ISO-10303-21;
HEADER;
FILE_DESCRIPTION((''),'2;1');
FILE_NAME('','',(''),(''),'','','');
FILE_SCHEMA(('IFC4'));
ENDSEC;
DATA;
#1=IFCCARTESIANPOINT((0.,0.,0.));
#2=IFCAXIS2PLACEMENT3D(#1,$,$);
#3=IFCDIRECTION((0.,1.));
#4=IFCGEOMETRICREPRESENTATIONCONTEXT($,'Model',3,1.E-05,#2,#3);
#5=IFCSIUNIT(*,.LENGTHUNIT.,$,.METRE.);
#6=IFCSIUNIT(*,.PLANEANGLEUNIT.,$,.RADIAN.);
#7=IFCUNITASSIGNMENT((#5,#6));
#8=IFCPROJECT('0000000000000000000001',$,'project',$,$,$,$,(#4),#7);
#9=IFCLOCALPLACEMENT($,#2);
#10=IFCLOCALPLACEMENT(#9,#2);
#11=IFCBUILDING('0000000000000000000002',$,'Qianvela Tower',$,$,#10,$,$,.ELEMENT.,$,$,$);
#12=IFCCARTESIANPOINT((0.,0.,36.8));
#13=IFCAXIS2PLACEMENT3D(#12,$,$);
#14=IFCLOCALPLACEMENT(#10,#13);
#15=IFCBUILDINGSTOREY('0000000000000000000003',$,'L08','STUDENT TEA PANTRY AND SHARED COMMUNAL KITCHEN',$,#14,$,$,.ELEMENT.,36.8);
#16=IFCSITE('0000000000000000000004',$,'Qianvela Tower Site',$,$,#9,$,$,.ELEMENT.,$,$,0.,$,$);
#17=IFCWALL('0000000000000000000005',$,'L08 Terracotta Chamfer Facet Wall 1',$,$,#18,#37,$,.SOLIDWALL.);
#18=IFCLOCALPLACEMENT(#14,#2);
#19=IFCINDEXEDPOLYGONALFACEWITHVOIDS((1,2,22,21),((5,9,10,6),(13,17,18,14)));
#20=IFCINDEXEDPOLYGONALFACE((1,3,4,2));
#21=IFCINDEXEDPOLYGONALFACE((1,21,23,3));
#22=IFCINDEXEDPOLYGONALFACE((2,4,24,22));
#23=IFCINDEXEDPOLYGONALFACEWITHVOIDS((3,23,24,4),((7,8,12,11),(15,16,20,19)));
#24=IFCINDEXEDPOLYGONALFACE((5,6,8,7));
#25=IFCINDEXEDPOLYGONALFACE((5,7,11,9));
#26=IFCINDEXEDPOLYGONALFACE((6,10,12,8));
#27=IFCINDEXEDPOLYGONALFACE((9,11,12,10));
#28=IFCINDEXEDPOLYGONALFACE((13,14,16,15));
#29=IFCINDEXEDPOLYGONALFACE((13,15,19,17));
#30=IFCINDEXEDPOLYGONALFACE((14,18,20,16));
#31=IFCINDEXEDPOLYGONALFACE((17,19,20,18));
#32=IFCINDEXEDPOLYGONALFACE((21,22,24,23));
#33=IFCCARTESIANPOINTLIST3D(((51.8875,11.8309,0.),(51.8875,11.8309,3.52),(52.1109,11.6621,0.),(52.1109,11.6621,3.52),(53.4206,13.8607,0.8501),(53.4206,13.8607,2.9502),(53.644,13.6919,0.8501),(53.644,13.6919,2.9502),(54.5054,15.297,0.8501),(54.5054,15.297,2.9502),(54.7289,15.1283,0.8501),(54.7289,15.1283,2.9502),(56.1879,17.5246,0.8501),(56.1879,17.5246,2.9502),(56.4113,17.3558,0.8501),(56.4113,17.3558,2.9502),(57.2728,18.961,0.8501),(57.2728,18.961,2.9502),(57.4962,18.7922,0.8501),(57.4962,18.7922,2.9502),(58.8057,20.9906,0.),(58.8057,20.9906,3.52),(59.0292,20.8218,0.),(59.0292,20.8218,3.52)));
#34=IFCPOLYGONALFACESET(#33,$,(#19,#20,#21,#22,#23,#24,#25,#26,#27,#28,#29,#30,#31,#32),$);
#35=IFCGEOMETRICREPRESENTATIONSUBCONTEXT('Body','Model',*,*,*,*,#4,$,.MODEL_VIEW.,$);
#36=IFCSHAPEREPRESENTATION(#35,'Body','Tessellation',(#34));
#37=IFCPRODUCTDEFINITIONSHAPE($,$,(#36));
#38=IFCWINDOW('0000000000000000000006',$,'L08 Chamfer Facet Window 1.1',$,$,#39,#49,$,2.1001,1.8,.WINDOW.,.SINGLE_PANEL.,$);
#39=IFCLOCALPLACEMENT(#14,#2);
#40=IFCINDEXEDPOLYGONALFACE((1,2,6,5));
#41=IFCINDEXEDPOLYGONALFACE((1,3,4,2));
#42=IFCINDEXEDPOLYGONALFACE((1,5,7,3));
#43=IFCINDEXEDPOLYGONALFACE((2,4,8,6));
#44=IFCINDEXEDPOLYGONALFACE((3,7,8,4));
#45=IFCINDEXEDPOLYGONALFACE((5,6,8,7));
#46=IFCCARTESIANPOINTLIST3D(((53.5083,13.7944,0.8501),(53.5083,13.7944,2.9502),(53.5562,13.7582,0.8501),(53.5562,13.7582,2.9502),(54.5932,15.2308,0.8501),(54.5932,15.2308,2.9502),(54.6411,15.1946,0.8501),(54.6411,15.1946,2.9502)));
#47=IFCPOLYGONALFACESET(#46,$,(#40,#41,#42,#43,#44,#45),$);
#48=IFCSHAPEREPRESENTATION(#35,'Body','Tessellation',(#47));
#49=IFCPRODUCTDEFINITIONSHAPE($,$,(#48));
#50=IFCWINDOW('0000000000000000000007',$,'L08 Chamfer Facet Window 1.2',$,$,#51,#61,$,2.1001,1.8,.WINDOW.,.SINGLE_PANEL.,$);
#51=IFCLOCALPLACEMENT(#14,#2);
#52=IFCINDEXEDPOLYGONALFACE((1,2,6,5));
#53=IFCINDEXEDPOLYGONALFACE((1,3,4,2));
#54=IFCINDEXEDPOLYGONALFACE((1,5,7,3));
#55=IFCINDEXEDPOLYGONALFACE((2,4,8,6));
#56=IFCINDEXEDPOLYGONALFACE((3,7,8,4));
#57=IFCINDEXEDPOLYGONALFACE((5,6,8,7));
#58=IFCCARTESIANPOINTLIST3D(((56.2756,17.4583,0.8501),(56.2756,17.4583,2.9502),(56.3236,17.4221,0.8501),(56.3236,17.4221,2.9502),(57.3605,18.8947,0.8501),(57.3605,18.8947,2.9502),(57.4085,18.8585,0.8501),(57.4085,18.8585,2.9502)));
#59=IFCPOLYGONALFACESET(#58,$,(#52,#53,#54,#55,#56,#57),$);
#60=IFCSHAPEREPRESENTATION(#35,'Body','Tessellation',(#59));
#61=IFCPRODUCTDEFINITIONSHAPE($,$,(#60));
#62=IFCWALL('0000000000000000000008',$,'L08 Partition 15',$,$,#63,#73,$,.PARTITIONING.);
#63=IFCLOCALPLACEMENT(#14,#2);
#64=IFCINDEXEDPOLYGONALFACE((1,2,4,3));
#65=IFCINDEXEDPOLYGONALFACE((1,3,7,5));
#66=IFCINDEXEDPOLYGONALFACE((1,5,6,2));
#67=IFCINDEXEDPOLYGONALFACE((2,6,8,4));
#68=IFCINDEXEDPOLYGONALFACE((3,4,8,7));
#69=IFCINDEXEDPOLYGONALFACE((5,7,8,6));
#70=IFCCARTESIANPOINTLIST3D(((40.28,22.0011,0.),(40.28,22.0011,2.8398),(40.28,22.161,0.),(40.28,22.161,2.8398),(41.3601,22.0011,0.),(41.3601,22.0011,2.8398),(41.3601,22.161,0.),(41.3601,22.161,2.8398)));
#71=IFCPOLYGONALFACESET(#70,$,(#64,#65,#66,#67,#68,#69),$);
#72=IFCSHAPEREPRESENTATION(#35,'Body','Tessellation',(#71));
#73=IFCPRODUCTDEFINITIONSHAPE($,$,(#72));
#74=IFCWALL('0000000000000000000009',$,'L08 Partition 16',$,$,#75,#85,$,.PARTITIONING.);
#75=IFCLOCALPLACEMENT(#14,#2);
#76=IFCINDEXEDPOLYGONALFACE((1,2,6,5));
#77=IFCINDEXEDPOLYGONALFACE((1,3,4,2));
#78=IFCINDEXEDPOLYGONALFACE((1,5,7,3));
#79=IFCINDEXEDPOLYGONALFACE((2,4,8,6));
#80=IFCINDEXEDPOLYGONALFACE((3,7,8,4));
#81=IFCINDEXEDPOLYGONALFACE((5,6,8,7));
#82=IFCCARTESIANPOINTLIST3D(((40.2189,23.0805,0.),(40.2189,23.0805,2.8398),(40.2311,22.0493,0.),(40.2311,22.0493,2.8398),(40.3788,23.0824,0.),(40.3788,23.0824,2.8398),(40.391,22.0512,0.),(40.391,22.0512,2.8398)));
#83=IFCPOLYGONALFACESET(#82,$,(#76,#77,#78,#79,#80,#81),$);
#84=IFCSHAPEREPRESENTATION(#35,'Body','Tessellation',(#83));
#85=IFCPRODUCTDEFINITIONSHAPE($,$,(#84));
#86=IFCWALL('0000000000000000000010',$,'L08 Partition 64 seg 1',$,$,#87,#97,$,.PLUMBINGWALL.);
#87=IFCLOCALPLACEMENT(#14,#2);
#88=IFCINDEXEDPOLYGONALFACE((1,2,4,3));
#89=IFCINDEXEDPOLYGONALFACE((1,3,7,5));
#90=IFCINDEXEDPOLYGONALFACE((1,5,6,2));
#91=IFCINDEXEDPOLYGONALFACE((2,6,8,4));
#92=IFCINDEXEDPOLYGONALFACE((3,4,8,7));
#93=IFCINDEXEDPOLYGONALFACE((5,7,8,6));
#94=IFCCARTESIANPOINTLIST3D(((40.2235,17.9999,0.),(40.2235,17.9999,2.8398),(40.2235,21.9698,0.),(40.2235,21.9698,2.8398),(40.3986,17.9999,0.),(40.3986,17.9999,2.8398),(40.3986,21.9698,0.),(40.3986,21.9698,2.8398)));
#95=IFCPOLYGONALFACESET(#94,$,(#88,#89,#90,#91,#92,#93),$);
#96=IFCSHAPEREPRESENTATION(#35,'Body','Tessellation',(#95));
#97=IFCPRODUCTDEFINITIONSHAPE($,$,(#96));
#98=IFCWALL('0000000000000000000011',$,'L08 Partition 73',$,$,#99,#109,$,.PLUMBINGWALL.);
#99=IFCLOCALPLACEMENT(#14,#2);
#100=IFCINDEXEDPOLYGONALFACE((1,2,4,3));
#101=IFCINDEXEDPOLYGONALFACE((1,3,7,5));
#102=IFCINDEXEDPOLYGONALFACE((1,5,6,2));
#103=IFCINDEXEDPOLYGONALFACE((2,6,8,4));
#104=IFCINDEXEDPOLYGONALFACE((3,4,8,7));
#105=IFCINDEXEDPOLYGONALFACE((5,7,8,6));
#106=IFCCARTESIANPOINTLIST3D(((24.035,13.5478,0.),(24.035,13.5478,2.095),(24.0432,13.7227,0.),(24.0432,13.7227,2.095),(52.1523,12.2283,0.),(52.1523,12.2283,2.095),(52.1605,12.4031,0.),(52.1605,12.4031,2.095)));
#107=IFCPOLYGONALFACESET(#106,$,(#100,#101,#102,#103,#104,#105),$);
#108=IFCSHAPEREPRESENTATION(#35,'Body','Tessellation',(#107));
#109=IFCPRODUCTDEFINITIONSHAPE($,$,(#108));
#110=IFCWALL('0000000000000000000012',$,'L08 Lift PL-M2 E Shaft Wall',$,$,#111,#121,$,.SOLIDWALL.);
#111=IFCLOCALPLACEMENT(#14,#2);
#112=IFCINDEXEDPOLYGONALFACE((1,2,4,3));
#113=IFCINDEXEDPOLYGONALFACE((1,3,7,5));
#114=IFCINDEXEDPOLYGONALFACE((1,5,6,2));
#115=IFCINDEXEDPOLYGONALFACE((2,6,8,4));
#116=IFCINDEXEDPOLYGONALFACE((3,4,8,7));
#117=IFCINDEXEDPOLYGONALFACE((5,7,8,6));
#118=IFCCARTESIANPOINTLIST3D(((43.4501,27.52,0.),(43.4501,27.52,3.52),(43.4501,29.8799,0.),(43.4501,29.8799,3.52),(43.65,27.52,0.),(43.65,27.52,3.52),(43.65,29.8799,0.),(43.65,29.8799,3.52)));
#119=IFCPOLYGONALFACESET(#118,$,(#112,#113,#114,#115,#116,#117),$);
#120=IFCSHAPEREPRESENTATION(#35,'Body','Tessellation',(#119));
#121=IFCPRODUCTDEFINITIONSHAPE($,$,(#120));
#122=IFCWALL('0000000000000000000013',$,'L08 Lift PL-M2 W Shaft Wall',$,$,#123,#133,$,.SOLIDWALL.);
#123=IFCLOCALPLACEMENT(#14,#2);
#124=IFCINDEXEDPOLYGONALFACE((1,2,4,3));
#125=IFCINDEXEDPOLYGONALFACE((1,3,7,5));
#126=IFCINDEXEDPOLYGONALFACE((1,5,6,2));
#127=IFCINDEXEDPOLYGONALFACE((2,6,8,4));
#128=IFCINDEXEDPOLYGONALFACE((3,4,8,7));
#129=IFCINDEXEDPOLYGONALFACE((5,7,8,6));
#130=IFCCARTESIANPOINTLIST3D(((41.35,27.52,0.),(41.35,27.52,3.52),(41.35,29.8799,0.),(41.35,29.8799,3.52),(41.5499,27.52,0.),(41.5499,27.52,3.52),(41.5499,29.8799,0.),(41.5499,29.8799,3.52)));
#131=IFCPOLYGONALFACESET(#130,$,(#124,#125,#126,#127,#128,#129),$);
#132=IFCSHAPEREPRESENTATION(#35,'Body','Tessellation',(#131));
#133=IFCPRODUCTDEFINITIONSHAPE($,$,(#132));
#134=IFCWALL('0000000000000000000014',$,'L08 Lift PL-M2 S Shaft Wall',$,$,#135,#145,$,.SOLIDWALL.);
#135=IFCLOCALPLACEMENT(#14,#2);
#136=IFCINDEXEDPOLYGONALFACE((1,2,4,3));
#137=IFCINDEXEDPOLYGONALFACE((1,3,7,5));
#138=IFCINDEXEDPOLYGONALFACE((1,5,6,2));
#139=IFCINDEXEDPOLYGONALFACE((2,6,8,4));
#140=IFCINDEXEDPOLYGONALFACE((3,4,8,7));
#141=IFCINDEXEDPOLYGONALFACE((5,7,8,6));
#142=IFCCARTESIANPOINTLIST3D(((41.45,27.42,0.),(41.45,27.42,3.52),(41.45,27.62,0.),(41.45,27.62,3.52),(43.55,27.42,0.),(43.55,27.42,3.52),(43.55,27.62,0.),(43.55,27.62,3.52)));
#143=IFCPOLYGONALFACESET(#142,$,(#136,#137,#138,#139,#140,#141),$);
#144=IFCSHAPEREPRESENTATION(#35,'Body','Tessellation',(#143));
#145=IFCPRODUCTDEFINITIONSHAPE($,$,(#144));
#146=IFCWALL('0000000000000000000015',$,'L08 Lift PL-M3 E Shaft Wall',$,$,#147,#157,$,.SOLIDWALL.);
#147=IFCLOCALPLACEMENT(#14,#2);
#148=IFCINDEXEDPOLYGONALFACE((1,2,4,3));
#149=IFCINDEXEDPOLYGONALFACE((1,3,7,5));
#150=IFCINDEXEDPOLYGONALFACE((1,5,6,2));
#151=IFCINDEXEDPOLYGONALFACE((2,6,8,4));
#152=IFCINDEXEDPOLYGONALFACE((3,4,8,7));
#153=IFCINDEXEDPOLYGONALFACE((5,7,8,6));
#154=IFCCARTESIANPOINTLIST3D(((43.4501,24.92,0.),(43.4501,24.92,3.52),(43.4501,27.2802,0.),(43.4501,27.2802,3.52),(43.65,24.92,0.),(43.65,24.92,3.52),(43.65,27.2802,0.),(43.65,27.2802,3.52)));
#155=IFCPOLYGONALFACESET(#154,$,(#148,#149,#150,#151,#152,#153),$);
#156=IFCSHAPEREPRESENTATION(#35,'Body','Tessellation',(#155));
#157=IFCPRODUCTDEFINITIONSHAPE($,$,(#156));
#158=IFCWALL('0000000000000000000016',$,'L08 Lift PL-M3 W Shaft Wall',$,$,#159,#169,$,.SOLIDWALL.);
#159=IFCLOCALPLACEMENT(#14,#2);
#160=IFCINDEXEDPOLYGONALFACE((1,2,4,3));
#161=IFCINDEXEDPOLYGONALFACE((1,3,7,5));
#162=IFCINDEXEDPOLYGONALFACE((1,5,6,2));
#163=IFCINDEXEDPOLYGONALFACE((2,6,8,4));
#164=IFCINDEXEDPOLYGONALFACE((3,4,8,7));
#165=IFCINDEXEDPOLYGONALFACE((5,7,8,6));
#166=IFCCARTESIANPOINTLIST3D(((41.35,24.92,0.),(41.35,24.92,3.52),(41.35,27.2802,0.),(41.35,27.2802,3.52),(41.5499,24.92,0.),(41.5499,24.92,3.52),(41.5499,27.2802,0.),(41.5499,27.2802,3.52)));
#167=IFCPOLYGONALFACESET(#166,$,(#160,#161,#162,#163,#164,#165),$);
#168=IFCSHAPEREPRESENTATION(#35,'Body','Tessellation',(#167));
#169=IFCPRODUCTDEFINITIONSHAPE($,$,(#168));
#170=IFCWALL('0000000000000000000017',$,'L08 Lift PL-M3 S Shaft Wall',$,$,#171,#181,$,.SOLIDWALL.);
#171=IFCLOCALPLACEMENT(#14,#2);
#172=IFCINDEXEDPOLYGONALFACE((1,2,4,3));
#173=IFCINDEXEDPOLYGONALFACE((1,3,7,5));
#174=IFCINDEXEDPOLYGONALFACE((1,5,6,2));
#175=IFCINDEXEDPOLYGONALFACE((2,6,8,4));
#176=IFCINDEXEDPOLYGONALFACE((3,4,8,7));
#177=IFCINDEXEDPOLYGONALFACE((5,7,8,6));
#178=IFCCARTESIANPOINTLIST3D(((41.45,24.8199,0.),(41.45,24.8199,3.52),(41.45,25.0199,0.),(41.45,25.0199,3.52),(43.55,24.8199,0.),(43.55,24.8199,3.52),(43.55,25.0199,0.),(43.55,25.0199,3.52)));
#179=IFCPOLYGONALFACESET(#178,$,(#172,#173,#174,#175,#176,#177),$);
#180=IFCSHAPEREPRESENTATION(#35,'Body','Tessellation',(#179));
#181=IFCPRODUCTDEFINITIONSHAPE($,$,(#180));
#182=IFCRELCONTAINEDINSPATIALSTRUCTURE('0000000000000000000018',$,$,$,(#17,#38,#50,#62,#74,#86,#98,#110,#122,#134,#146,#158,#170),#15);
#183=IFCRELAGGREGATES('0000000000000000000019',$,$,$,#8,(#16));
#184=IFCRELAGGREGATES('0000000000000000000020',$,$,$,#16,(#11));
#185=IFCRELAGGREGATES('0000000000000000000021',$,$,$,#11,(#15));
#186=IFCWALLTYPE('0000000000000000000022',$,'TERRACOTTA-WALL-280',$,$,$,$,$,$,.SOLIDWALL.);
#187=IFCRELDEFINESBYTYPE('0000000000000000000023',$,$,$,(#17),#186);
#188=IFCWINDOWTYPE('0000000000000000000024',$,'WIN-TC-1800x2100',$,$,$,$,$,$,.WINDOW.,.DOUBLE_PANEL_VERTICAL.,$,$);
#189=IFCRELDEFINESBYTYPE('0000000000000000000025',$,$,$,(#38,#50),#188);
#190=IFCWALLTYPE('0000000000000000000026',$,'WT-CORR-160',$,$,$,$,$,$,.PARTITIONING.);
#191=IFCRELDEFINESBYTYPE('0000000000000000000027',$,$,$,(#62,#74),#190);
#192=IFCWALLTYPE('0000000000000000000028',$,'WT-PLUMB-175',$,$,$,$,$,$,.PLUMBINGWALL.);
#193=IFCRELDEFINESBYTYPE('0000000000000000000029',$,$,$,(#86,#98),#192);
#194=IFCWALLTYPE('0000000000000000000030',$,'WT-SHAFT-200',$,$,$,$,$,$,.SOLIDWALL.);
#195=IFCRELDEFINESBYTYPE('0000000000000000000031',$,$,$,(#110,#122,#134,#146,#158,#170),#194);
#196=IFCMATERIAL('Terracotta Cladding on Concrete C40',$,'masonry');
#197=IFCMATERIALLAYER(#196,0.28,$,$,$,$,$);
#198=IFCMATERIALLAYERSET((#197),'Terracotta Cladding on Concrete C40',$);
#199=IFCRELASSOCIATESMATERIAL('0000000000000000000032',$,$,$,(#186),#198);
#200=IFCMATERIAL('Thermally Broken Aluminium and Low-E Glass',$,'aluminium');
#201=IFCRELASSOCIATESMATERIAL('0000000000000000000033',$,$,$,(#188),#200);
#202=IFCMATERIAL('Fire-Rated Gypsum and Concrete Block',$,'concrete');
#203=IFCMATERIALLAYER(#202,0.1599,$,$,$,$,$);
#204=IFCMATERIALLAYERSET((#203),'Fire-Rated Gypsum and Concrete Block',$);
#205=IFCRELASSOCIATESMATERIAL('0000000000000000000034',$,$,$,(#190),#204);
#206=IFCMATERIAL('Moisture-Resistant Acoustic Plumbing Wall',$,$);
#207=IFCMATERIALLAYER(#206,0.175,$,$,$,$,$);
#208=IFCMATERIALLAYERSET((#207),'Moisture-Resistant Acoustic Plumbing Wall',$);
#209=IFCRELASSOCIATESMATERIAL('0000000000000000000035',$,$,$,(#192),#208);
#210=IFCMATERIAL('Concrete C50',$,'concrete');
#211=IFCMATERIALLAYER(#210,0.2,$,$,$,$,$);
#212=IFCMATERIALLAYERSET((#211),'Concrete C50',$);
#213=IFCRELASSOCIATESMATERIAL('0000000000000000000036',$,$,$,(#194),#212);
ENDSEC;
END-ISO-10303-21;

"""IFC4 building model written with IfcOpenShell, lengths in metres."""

from ifc_helpers import new_model, si_unit, direction, frame, frame_2d, origin, place, context, subcontext, project, spatial, rectangle, extrude, material, layer, layer_set, type_object, element, fill, save


model = new_model("IFC4")

# Units and contexts
model_context = context("Model", 3, precision=1e-05, world=origin(), true_north=direction((0.0, 1.0)))
body_context = subcontext(model_context, "Body", "Model", "MODEL_VIEW")
ifc_project = project(units=[si_unit("LENGTHUNIT", "METRE"), si_unit("PLANEANGLEUNIT", "RADIAN")], contexts=[model_context])

# Site, building, storey
site_placement = place(None, origin())
site = spatial("IfcSite", under=ifc_project, at=site_placement, Name="Qianvela Tower Site", CompositionType="ELEMENT", RefElevation=0.0)
building_placement = place(site_placement, origin())
building = spatial("IfcBuilding", under=site, at=building_placement, Name="Qianvela Tower", CompositionType="ELEMENT")
storey_placement = place(building_placement, frame((0.0, 0.0, 36.8)))
storey = spatial("IfcBuildingStorey", under=building, at=storey_placement, Name="L08", Description="STUDENT TEA PANTRY AND SHARED COMMUNAL KITCHEN", CompositionType="ELEMENT", Elevation=36.8)

# Wall, openings, windows
ifc_material_1 = material(Name="Terracotta Cladding on Concrete C40", Category="masonry")
ifc_layer_1 = layer(ifc_material_1, 0.28)
ifc_layer_set_1 = layer_set([ifc_layer_1], Name="Terracotta Cladding on Concrete C40")
wall_type_1 = type_object("IfcWallType", Name="TERRACOTTA-WALL-280", PredefinedType="SOLIDWALL", material=ifc_layer_set_1)
wall_1_placement = place(storey_placement, frame((51.9993, 11.7466, 0.0), z_axis=(0.0, 0.0, 1.0), x_axis=(0.602699, 0.797969, 0.0)))
wall_1 = element("IfcWall", 1, at=wall_1_placement, inside=storey, type_object=wall_type_1, Name="L08 Terracotta Chamfer Facet Wall 1", PredefinedType="SOLIDWALL", context=body_context, shape_type="SweptSolid", body=[
    extrude(rectangle(XDim=11.4788, YDim=0.28, at=frame_2d((5.7393, 0.0))), origin(), (0.0, 0.0, 1.0), 3.52),
])
opening_1_placement = place(wall_1_placement, frame((2.5437, 0.0, 0.8501)))
opening_1 = element("IfcOpeningElement", 2, at=opening_1_placement, cuts=wall_1, PredefinedType="OPENING", context=body_context, shape_type="SweptSolid", body=[
    extrude(rectangle(XDim=1.8, YDim=2.1001, at=frame_2d((0.8999, 1.05))), frame((0.0, 0.1499, 0.0), z_axis=(0.0, -1.0, 0.0), x_axis=(1.0, 0.0, 0.0)), (0.0, 0.0, 1.0), 0.3),
])
opening_2_placement = place(wall_1_placement, frame((7.1353, 0.0, 0.8501)))
opening_2 = element("IfcOpeningElement", 3, at=opening_2_placement, cuts=wall_1, PredefinedType="OPENING", context=body_context, shape_type="SweptSolid", body=[
    extrude(rectangle(XDim=1.8, YDim=2.1001, at=frame_2d((0.8999, 1.05))), frame((0.0, 0.1499, 0.0), z_axis=(0.0, -1.0, 0.0), x_axis=(1.0, 0.0, 0.0)), (0.0, 0.0, 1.0), 0.3),
])
ifc_material_2 = material(Name="Thermally Broken Aluminium and Low-E Glass", Category="aluminium")
window_type = type_object("IfcWindowType", Name="WIN-TC-1800x2100", PartitioningType="DOUBLE_PANEL_VERTICAL", PredefinedType="WINDOW", material=ifc_material_2)
window_1_placement = place(opening_1_placement, origin())
window_1 = element("IfcWindow", 4, at=window_1_placement, inside=storey, type_object=window_type, Name="L08 Chamfer Facet Window 1.1", OverallHeight=2.1001, OverallWidth=1.8, PartitioningType="SINGLE_PANEL", PredefinedType="WINDOW", context=body_context, shape_type="SweptSolid", body=[
    extrude(rectangle(XDim=1.8, YDim=2.1001, at=frame_2d((0.8999, 1.05))), frame((0.0, 0.03, 0.0), z_axis=(0.0, -1.0, 0.0), x_axis=(1.0, 0.0, 0.0)), (0.0, 0.0, 1.0), 0.0601),
])
fill(opening_1, window_1)
window_2_placement = place(opening_2_placement, origin())
window_2 = element("IfcWindow", 5, at=window_2_placement, inside=storey, type_object=window_type, Name="L08 Chamfer Facet Window 1.2", OverallHeight=2.1001, OverallWidth=1.8, PartitioningType="SINGLE_PANEL", PredefinedType="WINDOW", context=body_context, shape_type="SweptSolid", body=[
    extrude(rectangle(XDim=1.8, YDim=2.1001, at=frame_2d((0.8999, 1.05))), frame((0.0, 0.03, 0.0), z_axis=(0.0, -1.0, 0.0), x_axis=(1.0, 0.0, 0.0)), (0.0, 0.0, 1.0), 0.0601),
])
fill(opening_2, window_2)

# Walls
ifc_material_3 = material(Name="Fire-Rated Gypsum and Concrete Block", Category="concrete")
ifc_layer_2 = layer(ifc_material_3, 0.1599)
ifc_layer_set_2 = layer_set([ifc_layer_2], Name="Fire-Rated Gypsum and Concrete Block")
wall_type_2 = type_object("IfcWallType", Name="WT-CORR-160", PredefinedType="PARTITIONING", material=ifc_layer_set_2)
wall_2_placement = place(storey_placement, frame((41.3601, 22.0811, 0.0), z_axis=(0.0, 0.0, 1.0), x_axis=(-1.0, 0.0, 0.0)))
element("IfcWall", 6, at=wall_2_placement, inside=storey, type_object=wall_type_2, Name="L08 Partition 15", PredefinedType="PARTITIONING", context=body_context, shape_type="SweptSolid", body=[
    extrude(rectangle(XDim=1.0801, YDim=0.1599, at=frame_2d((0.54, 0.0))), origin(), (0.0, 0.0, 1.0), 2.8398),
])
wall_3_placement = place(storey_placement, frame((40.311, 22.0503, 0.0), z_axis=(0.0, 0.0, 1.0), x_axis=(-0.011836, 0.99993, 0.0)))
element("IfcWall", 7, at=wall_3_placement, inside=storey, type_object=wall_type_2, Name="L08 Partition 16", PredefinedType="PARTITIONING", context=body_context, shape_type="SweptSolid", body=[
    extrude(rectangle(XDim=1.0312, YDim=0.1599, at=frame_2d((0.5156, 0.0))), origin(), (0.0, 0.0, 1.0), 2.8398),
])
ifc_material_4 = material(Name="Moisture-Resistant Acoustic Plumbing Wall")
ifc_layer_3 = layer(ifc_material_4, 0.175)
ifc_layer_set_3 = layer_set([ifc_layer_3], Name="Moisture-Resistant Acoustic Plumbing Wall")
wall_type_3 = type_object("IfcWallType", Name="WT-PLUMB-175", PredefinedType="PLUMBINGWALL", material=ifc_layer_set_3)
wall_4_placement = place(storey_placement, frame((40.311, 18.0, 0.0), z_axis=(0.0, 0.0, 1.0), x_axis=(0.0, 1.0, 0.0)))
element("IfcWall", 8, at=wall_4_placement, inside=storey, type_object=wall_type_3, Name="L08 Partition 64 seg 1", PredefinedType="PLUMBINGWALL", context=body_context, shape_type="SweptSolid", body=[
    extrude(rectangle(XDim=3.97, YDim=0.175, at=frame_2d((1.9849, 0.0))), origin(), (0.0, 0.0, 1.0), 2.8398),
])
wall_5_placement = place(storey_placement, frame((52.1565, 12.3157, 0.0), z_axis=(0.0, 0.0, 1.0), x_axis=(-0.998901, 0.04688, 0.0)))
element("IfcWall", 9, at=wall_5_placement, inside=storey, type_object=wall_type_3, Name="L08 Partition 73", PredefinedType="PLUMBINGWALL", context=body_context, shape_type="SweptSolid", body=[
    extrude(rectangle(XDim=28.1482, YDim=0.175, at=frame_2d((14.0742, 0.0))), origin(), (0.0, 0.0, 1.0), 2.095),
])
ifc_material_5 = material(Name="Concrete C50", Category="concrete")
ifc_layer_4 = layer(ifc_material_5, 0.2)
ifc_layer_set_4 = layer_set([ifc_layer_4], Name="Concrete C50")
wall_type_4 = type_object("IfcWallType", Name="WT-SHAFT-200", PredefinedType="SOLIDWALL", material=ifc_layer_set_4)
for number, where, z_axis, x_axis, name in (
    (10, (43.55, 27.52, 0.0), (0.0, 0.0, 1.0), (0.0, 1.0, 0.0), "L08 Lift PL-M2 E Shaft Wall"),
    (11, (41.45, 27.52, 0.0), (0.0, 0.0, 1.0), (0.0, 1.0, 0.0), "L08 Lift PL-M2 W Shaft Wall"),
):
    element("IfcWall", number, at=place(storey_placement, frame(where, z_axis=z_axis, x_axis=x_axis)), inside=storey, type_object=wall_type_4, Name=name, PredefinedType="SOLIDWALL", context=body_context, shape_type="SweptSolid", body=[
        extrude(rectangle(XDim=2.3599, YDim=0.2, at=frame_2d((1.1799, 0.0))), origin(), (0.0, 0.0, 1.0), 3.52),
    ])
wall_6_placement = place(storey_placement, frame((41.45, 27.52, 0.0), z_axis=(0.0, 0.0, 1.0), x_axis=(1.0, 0.0, 0.0)))
element("IfcWall", 12, at=wall_6_placement, inside=storey, type_object=wall_type_4, Name="L08 Lift PL-M2 S Shaft Wall", PredefinedType="SOLIDWALL", context=body_context, shape_type="SweptSolid", body=[
    extrude(rectangle(XDim=2.1001, YDim=0.2, at=frame_2d((1.05, 0.0))), origin(), (0.0, 0.0, 1.0), 3.52),
])
for number, where, z_axis, x_axis, name in (
    (13, (43.55, 24.9199, 0.0), (0.0, 0.0, 1.0), (0.0, 1.0, 0.0), "L08 Lift PL-M3 E Shaft Wall"),
    (14, (41.45, 24.9199, 0.0), (0.0, 0.0, 1.0), (0.0, 1.0, 0.0), "L08 Lift PL-M3 W Shaft Wall"),
):
    element("IfcWall", number, at=place(storey_placement, frame(where, z_axis=z_axis, x_axis=x_axis)), inside=storey, type_object=wall_type_4, Name=name, PredefinedType="SOLIDWALL", context=body_context, shape_type="SweptSolid", body=[
        extrude(rectangle(XDim=2.3601, YDim=0.2, at=frame_2d((1.1802, 0.0))), origin(), (0.0, 0.0, 1.0), 3.52),
    ])
wall_7_placement = place(storey_placement, frame((41.45, 24.9199, 0.0), z_axis=(0.0, 0.0, 1.0), x_axis=(1.0, 0.0, 0.0)))
element("IfcWall", 15, at=wall_7_placement, inside=storey, type_object=wall_type_4, Name="L08 Lift PL-M3 S Shaft Wall", PredefinedType="SOLIDWALL", context=body_context, shape_type="SweptSolid", body=[
    extrude(rectangle(XDim=2.1001, YDim=0.2, at=frame_2d((1.05, 0.0))), origin(), (0.0, 0.0, 1.0), 3.52),
])

save(model, "model.ifc")
